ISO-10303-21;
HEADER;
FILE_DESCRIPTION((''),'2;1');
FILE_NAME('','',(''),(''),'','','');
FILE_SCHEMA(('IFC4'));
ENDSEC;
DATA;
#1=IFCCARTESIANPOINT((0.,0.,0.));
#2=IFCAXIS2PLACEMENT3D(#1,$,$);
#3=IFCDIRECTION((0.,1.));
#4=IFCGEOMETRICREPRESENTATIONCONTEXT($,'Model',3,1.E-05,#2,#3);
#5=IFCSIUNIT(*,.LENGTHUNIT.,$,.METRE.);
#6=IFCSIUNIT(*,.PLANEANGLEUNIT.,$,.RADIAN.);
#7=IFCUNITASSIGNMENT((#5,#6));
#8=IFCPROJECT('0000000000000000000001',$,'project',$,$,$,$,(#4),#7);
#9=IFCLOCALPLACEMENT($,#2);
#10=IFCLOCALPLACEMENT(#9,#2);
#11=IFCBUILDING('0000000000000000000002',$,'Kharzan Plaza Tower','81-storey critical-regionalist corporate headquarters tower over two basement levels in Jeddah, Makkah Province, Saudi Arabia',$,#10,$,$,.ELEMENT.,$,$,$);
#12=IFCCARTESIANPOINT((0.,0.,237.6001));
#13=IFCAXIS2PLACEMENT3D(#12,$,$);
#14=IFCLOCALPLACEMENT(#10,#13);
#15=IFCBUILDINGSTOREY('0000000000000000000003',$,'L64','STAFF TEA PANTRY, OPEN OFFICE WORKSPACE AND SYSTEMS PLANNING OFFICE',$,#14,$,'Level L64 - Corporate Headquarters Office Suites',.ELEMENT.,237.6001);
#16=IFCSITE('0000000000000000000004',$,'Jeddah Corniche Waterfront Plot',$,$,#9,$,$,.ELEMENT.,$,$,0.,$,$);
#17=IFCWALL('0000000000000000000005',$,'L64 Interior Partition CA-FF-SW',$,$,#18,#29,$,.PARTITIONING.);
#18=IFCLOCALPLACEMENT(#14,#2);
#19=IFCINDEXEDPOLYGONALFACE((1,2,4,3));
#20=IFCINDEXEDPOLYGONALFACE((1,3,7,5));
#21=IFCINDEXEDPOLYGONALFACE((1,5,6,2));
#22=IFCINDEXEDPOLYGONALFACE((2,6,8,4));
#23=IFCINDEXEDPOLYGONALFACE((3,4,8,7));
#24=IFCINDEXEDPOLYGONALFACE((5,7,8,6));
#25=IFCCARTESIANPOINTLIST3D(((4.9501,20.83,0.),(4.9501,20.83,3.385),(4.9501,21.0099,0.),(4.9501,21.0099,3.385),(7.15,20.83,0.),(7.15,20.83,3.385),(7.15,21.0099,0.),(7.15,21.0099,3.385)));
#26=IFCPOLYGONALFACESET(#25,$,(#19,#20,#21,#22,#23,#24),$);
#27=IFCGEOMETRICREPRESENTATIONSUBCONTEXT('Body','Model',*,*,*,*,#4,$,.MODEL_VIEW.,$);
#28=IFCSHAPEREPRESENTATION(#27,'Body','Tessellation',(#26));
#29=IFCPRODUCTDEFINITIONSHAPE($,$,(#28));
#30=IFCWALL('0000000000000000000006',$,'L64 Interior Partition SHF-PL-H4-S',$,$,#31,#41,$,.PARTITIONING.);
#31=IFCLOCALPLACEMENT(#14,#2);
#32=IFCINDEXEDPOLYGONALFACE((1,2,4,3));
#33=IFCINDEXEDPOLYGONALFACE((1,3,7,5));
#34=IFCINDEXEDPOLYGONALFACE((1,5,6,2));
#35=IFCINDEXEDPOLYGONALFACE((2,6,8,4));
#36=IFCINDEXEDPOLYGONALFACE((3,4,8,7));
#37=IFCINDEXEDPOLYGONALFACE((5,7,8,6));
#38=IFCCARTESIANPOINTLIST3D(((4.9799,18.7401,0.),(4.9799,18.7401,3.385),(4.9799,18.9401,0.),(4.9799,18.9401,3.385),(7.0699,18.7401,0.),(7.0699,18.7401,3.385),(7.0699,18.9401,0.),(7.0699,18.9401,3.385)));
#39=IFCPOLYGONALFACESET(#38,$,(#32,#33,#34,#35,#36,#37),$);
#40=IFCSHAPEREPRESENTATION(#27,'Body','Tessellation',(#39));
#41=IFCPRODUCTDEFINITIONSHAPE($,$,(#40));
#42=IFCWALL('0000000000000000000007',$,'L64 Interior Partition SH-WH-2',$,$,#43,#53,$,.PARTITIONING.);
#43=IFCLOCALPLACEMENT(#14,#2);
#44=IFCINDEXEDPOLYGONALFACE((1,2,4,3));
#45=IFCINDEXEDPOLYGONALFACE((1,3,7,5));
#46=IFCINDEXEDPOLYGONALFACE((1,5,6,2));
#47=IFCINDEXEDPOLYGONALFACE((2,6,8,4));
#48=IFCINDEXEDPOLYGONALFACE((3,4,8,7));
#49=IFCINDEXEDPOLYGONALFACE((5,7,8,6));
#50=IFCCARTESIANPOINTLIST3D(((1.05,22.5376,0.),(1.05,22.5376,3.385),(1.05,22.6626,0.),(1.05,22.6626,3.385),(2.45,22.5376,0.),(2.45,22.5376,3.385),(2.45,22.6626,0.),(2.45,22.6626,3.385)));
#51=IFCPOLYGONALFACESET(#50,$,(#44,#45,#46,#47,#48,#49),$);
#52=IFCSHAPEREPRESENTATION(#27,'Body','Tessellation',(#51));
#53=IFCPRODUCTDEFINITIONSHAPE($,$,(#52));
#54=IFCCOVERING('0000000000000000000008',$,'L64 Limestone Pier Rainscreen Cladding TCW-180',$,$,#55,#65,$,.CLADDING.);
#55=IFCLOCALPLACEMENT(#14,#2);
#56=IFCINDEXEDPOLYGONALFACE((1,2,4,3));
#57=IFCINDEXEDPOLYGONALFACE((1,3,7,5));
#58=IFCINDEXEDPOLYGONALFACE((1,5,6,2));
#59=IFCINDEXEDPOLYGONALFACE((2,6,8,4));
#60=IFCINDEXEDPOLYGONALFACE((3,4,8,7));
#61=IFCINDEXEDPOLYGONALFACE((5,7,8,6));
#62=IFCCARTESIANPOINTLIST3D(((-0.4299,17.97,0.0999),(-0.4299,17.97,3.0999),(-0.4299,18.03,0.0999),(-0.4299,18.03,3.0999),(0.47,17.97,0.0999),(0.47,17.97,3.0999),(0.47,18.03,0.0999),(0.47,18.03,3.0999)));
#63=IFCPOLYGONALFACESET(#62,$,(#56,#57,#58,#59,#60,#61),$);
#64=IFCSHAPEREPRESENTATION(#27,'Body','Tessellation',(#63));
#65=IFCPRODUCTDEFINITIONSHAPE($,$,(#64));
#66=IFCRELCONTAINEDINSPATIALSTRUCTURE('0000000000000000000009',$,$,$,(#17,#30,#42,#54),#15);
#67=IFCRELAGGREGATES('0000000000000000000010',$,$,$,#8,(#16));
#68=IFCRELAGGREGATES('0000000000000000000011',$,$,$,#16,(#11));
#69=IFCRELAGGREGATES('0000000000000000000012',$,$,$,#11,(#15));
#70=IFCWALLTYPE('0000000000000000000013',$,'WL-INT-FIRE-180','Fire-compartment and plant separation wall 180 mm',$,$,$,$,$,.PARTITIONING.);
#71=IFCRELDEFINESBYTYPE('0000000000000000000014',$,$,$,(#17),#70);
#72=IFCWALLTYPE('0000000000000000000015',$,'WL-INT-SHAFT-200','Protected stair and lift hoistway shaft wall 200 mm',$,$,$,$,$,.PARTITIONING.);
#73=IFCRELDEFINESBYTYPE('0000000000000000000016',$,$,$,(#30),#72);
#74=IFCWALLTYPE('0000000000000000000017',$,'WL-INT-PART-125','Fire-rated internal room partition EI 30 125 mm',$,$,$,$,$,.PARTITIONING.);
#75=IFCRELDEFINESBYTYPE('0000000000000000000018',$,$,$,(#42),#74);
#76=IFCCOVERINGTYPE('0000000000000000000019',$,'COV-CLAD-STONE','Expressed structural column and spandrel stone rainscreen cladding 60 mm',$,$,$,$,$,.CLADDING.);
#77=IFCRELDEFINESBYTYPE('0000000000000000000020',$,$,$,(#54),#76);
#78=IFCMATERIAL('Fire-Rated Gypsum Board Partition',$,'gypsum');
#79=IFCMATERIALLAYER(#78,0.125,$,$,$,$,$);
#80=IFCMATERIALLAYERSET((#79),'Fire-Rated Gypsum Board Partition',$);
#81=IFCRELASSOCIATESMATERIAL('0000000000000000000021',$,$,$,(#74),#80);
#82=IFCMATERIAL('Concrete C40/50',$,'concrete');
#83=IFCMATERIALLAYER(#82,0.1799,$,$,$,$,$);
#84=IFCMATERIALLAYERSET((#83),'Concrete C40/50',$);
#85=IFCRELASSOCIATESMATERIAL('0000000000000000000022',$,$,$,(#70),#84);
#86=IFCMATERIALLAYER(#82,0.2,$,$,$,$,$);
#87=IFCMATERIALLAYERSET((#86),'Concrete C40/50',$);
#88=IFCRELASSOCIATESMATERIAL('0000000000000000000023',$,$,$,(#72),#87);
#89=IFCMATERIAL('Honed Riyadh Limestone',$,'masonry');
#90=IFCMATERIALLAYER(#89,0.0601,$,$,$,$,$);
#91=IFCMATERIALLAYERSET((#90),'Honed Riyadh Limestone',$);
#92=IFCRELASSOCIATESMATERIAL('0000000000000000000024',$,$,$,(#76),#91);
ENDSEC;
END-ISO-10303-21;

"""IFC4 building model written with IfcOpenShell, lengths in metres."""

from ifc_helpers import new_model, si_unit, direction, frame, frame_2d, origin, origin_2d, place, context, subcontext, project, spatial, rectangle, extrude, source, transform, mapped, material, layer, layer_set, type_object, element, save


model = new_model("IFC4")

# Units and contexts
model_context = context("Model", 3, precision=1e-05, world=origin(), true_north=direction((0.0, 1.0)))
body_context = subcontext(model_context, "Body", "Model", "MODEL_VIEW")
ifc_project = project(units=[si_unit("LENGTHUNIT", "METRE"), si_unit("PLANEANGLEUNIT", "RADIAN")], contexts=[model_context])

# Site, building, storey
site_placement = place(None, origin())
site = spatial("IfcSite", under=ifc_project, at=site_placement, Name="Jeddah Corniche Waterfront Plot", CompositionType="ELEMENT", RefElevation=0.0)
building_placement = place(site_placement, origin())
building = spatial("IfcBuilding", under=site, at=building_placement, Name="Kharzan Plaza Tower", Description="81-storey critical-regionalist corporate headquarters tower over two basement levels in Jeddah, Makkah Province, Saudi Arabia", CompositionType="ELEMENT")
storey_placement = place(building_placement, frame((0.0, 0.0, 237.6001)))
storey = spatial("IfcBuildingStorey", under=building, at=storey_placement, Name="L64", Description="STAFF TEA PANTRY, OPEN OFFICE WORKSPACE AND SYSTEMS PLANNING OFFICE", LongName="Level L64 - Corporate Headquarters Office Suites", CompositionType="ELEMENT", Elevation=237.6001)

# Shared definitions
ifc_material_1 = material(Name="Concrete C40/50", Category="concrete")

# Shared definitions
ifc_material_2 = material(Name="Fire-Rated Gypsum Board Partition", Category="gypsum")
ifc_layer_1 = layer(ifc_material_2, 0.125)
ifc_layer_set_1 = layer_set([ifc_layer_1], Name="Fire-Rated Gypsum Board Partition")
wall_type_1 = type_object("IfcWallType", Name="WL-INT-PART-125", Description="Fire-rated internal room partition EI 30 125 mm", PredefinedType="PARTITIONING", material=ifc_layer_set_1)

# Walls
ifc_layer_2 = layer(ifc_material_1, 0.1799)
ifc_layer_set_2 = layer_set([ifc_layer_2], Name="Concrete C40/50")
wall_type_2 = type_object("IfcWallType", Name="WL-INT-FIRE-180", Description="Fire-compartment and plant separation wall 180 mm", PredefinedType="PARTITIONING", material=ifc_layer_set_2)
shared_shape_1 = source(origin(), body_context, "Body", "SweptSolid", [
    extrude(rectangle(XDim=2.2, YDim=0.1799, at=frame_2d((1.1001, 0.0))), origin(), (0.0, 0.0, 1.0), 3.385),
])
wall_1_placement = place(storey_placement, frame((4.95, 20.9199, 0.0), z_axis=(0.0, 0.0, 1.0), x_axis=(1.0, 0.0, 0.0)))
element("IfcWall", 1, at=wall_1_placement, inside=storey, type_object=wall_type_2, Name="L64 Interior Partition CA-FF-SW", PredefinedType="PARTITIONING", context=body_context, shape_type="MappedRepresentation", body=[
    mapped(shared_shape_1, transform((0.0, 0.0, 0.0), x_axis=(1.0, 0.0, 0.0), y_axis=(0.0, 1.0, 0.0), z_axis=(0.0, 0.0, 1.0))),
])
ifc_layer_3 = layer(ifc_material_1, 0.2)
ifc_layer_set_3 = layer_set([ifc_layer_3], Name="Concrete C40/50")
wall_type_3 = type_object("IfcWallType", Name="WL-INT-SHAFT-200", Description="Protected stair and lift hoistway shaft wall 200 mm", PredefinedType="PARTITIONING", material=ifc_layer_set_3)
shared_shape_2 = source(origin(), body_context, "Body", "SweptSolid", [
    extrude(rectangle(XDim=2.0901, YDim=0.2, at=frame_2d((1.0449, 0.0))), origin(), (0.0, 0.0, 1.0), 3.385),
])
wall_2_placement = place(storey_placement, frame((4.98, 18.8401, 0.0), z_axis=(0.0, 0.0, 1.0), x_axis=(1.0, 0.0, 0.0)))
element("IfcWall", 2, at=wall_2_placement, inside=storey, type_object=wall_type_3, Name="L64 Interior Partition SHF-PL-H4-S", PredefinedType="PARTITIONING", context=body_context, shape_type="MappedRepresentation", body=[
    mapped(shared_shape_2, transform((0.0, 0.0, 0.0), x_axis=(1.0, 0.0, 0.0), y_axis=(0.0, 1.0, 0.0), z_axis=(0.0, 0.0, 1.0))),
])
shared_shape_3 = source(origin(), body_context, "Body", "SweptSolid", [
    extrude(rectangle(XDim=1.3999, YDim=0.125, at=frame_2d((0.7, 0.0))), origin(), (0.0, 0.0, 1.0), 3.385),
])
wall_3_placement = place(storey_placement, frame((1.05, 22.6001, 0.0), z_axis=(0.0, 0.0, 1.0), x_axis=(1.0, 0.0, 0.0)))
element("IfcWall", 3, at=wall_3_placement, inside=storey, type_object=wall_type_1, Name="L64 Interior Partition SH-WH-2", PredefinedType="PARTITIONING", context=body_context, shape_type="MappedRepresentation", body=[
    mapped(shared_shape_3, transform((0.0, 0.0, 0.0), x_axis=(1.0, 0.0, 0.0), y_axis=(0.0, 1.0, 0.0), z_axis=(0.0, 0.0, 1.0))),
])

# Covering
ifc_material_3 = material(Name="Honed Riyadh Limestone", Category="masonry")
ifc_layer_4 = layer(ifc_material_3, 0.0601)
ifc_layer_set_4 = layer_set([ifc_layer_4], Name="Honed Riyadh Limestone")
covering_type = type_object("IfcCoveringType", Name="COV-CLAD-STONE", Description="Expressed structural column and spandrel stone rainscreen cladding 60 mm", PredefinedType="CLADDING", material=ifc_layer_set_4)
shared_shape_4 = source(origin(), body_context, "Body", "SweptSolid", [
    extrude(rectangle(XDim=0.0601, YDim=0.8999, at=origin_2d()), origin(), (0.0, 0.0, 1.0), 3.0),
])
covering_placement = place(storey_placement, frame((0.02, 18.0, 0.0999), z_axis=(0.0, 0.0, 1.0), x_axis=(0.0, 1.0, 0.0)))
element("IfcCovering", 4, at=covering_placement, inside=storey, type_object=covering_type, Name="L64 Limestone Pier Rainscreen Cladding TCW-180", PredefinedType="CLADDING", context=body_context, shape_type="MappedRepresentation", body=[
    mapped(shared_shape_4, transform((0.0, 0.0, 0.0), x_axis=(1.0, 0.0, 0.0), y_axis=(0.0, 1.0, 0.0), z_axis=(0.0, 0.0, 1.0))),
])

save(model, "model.ifc")
